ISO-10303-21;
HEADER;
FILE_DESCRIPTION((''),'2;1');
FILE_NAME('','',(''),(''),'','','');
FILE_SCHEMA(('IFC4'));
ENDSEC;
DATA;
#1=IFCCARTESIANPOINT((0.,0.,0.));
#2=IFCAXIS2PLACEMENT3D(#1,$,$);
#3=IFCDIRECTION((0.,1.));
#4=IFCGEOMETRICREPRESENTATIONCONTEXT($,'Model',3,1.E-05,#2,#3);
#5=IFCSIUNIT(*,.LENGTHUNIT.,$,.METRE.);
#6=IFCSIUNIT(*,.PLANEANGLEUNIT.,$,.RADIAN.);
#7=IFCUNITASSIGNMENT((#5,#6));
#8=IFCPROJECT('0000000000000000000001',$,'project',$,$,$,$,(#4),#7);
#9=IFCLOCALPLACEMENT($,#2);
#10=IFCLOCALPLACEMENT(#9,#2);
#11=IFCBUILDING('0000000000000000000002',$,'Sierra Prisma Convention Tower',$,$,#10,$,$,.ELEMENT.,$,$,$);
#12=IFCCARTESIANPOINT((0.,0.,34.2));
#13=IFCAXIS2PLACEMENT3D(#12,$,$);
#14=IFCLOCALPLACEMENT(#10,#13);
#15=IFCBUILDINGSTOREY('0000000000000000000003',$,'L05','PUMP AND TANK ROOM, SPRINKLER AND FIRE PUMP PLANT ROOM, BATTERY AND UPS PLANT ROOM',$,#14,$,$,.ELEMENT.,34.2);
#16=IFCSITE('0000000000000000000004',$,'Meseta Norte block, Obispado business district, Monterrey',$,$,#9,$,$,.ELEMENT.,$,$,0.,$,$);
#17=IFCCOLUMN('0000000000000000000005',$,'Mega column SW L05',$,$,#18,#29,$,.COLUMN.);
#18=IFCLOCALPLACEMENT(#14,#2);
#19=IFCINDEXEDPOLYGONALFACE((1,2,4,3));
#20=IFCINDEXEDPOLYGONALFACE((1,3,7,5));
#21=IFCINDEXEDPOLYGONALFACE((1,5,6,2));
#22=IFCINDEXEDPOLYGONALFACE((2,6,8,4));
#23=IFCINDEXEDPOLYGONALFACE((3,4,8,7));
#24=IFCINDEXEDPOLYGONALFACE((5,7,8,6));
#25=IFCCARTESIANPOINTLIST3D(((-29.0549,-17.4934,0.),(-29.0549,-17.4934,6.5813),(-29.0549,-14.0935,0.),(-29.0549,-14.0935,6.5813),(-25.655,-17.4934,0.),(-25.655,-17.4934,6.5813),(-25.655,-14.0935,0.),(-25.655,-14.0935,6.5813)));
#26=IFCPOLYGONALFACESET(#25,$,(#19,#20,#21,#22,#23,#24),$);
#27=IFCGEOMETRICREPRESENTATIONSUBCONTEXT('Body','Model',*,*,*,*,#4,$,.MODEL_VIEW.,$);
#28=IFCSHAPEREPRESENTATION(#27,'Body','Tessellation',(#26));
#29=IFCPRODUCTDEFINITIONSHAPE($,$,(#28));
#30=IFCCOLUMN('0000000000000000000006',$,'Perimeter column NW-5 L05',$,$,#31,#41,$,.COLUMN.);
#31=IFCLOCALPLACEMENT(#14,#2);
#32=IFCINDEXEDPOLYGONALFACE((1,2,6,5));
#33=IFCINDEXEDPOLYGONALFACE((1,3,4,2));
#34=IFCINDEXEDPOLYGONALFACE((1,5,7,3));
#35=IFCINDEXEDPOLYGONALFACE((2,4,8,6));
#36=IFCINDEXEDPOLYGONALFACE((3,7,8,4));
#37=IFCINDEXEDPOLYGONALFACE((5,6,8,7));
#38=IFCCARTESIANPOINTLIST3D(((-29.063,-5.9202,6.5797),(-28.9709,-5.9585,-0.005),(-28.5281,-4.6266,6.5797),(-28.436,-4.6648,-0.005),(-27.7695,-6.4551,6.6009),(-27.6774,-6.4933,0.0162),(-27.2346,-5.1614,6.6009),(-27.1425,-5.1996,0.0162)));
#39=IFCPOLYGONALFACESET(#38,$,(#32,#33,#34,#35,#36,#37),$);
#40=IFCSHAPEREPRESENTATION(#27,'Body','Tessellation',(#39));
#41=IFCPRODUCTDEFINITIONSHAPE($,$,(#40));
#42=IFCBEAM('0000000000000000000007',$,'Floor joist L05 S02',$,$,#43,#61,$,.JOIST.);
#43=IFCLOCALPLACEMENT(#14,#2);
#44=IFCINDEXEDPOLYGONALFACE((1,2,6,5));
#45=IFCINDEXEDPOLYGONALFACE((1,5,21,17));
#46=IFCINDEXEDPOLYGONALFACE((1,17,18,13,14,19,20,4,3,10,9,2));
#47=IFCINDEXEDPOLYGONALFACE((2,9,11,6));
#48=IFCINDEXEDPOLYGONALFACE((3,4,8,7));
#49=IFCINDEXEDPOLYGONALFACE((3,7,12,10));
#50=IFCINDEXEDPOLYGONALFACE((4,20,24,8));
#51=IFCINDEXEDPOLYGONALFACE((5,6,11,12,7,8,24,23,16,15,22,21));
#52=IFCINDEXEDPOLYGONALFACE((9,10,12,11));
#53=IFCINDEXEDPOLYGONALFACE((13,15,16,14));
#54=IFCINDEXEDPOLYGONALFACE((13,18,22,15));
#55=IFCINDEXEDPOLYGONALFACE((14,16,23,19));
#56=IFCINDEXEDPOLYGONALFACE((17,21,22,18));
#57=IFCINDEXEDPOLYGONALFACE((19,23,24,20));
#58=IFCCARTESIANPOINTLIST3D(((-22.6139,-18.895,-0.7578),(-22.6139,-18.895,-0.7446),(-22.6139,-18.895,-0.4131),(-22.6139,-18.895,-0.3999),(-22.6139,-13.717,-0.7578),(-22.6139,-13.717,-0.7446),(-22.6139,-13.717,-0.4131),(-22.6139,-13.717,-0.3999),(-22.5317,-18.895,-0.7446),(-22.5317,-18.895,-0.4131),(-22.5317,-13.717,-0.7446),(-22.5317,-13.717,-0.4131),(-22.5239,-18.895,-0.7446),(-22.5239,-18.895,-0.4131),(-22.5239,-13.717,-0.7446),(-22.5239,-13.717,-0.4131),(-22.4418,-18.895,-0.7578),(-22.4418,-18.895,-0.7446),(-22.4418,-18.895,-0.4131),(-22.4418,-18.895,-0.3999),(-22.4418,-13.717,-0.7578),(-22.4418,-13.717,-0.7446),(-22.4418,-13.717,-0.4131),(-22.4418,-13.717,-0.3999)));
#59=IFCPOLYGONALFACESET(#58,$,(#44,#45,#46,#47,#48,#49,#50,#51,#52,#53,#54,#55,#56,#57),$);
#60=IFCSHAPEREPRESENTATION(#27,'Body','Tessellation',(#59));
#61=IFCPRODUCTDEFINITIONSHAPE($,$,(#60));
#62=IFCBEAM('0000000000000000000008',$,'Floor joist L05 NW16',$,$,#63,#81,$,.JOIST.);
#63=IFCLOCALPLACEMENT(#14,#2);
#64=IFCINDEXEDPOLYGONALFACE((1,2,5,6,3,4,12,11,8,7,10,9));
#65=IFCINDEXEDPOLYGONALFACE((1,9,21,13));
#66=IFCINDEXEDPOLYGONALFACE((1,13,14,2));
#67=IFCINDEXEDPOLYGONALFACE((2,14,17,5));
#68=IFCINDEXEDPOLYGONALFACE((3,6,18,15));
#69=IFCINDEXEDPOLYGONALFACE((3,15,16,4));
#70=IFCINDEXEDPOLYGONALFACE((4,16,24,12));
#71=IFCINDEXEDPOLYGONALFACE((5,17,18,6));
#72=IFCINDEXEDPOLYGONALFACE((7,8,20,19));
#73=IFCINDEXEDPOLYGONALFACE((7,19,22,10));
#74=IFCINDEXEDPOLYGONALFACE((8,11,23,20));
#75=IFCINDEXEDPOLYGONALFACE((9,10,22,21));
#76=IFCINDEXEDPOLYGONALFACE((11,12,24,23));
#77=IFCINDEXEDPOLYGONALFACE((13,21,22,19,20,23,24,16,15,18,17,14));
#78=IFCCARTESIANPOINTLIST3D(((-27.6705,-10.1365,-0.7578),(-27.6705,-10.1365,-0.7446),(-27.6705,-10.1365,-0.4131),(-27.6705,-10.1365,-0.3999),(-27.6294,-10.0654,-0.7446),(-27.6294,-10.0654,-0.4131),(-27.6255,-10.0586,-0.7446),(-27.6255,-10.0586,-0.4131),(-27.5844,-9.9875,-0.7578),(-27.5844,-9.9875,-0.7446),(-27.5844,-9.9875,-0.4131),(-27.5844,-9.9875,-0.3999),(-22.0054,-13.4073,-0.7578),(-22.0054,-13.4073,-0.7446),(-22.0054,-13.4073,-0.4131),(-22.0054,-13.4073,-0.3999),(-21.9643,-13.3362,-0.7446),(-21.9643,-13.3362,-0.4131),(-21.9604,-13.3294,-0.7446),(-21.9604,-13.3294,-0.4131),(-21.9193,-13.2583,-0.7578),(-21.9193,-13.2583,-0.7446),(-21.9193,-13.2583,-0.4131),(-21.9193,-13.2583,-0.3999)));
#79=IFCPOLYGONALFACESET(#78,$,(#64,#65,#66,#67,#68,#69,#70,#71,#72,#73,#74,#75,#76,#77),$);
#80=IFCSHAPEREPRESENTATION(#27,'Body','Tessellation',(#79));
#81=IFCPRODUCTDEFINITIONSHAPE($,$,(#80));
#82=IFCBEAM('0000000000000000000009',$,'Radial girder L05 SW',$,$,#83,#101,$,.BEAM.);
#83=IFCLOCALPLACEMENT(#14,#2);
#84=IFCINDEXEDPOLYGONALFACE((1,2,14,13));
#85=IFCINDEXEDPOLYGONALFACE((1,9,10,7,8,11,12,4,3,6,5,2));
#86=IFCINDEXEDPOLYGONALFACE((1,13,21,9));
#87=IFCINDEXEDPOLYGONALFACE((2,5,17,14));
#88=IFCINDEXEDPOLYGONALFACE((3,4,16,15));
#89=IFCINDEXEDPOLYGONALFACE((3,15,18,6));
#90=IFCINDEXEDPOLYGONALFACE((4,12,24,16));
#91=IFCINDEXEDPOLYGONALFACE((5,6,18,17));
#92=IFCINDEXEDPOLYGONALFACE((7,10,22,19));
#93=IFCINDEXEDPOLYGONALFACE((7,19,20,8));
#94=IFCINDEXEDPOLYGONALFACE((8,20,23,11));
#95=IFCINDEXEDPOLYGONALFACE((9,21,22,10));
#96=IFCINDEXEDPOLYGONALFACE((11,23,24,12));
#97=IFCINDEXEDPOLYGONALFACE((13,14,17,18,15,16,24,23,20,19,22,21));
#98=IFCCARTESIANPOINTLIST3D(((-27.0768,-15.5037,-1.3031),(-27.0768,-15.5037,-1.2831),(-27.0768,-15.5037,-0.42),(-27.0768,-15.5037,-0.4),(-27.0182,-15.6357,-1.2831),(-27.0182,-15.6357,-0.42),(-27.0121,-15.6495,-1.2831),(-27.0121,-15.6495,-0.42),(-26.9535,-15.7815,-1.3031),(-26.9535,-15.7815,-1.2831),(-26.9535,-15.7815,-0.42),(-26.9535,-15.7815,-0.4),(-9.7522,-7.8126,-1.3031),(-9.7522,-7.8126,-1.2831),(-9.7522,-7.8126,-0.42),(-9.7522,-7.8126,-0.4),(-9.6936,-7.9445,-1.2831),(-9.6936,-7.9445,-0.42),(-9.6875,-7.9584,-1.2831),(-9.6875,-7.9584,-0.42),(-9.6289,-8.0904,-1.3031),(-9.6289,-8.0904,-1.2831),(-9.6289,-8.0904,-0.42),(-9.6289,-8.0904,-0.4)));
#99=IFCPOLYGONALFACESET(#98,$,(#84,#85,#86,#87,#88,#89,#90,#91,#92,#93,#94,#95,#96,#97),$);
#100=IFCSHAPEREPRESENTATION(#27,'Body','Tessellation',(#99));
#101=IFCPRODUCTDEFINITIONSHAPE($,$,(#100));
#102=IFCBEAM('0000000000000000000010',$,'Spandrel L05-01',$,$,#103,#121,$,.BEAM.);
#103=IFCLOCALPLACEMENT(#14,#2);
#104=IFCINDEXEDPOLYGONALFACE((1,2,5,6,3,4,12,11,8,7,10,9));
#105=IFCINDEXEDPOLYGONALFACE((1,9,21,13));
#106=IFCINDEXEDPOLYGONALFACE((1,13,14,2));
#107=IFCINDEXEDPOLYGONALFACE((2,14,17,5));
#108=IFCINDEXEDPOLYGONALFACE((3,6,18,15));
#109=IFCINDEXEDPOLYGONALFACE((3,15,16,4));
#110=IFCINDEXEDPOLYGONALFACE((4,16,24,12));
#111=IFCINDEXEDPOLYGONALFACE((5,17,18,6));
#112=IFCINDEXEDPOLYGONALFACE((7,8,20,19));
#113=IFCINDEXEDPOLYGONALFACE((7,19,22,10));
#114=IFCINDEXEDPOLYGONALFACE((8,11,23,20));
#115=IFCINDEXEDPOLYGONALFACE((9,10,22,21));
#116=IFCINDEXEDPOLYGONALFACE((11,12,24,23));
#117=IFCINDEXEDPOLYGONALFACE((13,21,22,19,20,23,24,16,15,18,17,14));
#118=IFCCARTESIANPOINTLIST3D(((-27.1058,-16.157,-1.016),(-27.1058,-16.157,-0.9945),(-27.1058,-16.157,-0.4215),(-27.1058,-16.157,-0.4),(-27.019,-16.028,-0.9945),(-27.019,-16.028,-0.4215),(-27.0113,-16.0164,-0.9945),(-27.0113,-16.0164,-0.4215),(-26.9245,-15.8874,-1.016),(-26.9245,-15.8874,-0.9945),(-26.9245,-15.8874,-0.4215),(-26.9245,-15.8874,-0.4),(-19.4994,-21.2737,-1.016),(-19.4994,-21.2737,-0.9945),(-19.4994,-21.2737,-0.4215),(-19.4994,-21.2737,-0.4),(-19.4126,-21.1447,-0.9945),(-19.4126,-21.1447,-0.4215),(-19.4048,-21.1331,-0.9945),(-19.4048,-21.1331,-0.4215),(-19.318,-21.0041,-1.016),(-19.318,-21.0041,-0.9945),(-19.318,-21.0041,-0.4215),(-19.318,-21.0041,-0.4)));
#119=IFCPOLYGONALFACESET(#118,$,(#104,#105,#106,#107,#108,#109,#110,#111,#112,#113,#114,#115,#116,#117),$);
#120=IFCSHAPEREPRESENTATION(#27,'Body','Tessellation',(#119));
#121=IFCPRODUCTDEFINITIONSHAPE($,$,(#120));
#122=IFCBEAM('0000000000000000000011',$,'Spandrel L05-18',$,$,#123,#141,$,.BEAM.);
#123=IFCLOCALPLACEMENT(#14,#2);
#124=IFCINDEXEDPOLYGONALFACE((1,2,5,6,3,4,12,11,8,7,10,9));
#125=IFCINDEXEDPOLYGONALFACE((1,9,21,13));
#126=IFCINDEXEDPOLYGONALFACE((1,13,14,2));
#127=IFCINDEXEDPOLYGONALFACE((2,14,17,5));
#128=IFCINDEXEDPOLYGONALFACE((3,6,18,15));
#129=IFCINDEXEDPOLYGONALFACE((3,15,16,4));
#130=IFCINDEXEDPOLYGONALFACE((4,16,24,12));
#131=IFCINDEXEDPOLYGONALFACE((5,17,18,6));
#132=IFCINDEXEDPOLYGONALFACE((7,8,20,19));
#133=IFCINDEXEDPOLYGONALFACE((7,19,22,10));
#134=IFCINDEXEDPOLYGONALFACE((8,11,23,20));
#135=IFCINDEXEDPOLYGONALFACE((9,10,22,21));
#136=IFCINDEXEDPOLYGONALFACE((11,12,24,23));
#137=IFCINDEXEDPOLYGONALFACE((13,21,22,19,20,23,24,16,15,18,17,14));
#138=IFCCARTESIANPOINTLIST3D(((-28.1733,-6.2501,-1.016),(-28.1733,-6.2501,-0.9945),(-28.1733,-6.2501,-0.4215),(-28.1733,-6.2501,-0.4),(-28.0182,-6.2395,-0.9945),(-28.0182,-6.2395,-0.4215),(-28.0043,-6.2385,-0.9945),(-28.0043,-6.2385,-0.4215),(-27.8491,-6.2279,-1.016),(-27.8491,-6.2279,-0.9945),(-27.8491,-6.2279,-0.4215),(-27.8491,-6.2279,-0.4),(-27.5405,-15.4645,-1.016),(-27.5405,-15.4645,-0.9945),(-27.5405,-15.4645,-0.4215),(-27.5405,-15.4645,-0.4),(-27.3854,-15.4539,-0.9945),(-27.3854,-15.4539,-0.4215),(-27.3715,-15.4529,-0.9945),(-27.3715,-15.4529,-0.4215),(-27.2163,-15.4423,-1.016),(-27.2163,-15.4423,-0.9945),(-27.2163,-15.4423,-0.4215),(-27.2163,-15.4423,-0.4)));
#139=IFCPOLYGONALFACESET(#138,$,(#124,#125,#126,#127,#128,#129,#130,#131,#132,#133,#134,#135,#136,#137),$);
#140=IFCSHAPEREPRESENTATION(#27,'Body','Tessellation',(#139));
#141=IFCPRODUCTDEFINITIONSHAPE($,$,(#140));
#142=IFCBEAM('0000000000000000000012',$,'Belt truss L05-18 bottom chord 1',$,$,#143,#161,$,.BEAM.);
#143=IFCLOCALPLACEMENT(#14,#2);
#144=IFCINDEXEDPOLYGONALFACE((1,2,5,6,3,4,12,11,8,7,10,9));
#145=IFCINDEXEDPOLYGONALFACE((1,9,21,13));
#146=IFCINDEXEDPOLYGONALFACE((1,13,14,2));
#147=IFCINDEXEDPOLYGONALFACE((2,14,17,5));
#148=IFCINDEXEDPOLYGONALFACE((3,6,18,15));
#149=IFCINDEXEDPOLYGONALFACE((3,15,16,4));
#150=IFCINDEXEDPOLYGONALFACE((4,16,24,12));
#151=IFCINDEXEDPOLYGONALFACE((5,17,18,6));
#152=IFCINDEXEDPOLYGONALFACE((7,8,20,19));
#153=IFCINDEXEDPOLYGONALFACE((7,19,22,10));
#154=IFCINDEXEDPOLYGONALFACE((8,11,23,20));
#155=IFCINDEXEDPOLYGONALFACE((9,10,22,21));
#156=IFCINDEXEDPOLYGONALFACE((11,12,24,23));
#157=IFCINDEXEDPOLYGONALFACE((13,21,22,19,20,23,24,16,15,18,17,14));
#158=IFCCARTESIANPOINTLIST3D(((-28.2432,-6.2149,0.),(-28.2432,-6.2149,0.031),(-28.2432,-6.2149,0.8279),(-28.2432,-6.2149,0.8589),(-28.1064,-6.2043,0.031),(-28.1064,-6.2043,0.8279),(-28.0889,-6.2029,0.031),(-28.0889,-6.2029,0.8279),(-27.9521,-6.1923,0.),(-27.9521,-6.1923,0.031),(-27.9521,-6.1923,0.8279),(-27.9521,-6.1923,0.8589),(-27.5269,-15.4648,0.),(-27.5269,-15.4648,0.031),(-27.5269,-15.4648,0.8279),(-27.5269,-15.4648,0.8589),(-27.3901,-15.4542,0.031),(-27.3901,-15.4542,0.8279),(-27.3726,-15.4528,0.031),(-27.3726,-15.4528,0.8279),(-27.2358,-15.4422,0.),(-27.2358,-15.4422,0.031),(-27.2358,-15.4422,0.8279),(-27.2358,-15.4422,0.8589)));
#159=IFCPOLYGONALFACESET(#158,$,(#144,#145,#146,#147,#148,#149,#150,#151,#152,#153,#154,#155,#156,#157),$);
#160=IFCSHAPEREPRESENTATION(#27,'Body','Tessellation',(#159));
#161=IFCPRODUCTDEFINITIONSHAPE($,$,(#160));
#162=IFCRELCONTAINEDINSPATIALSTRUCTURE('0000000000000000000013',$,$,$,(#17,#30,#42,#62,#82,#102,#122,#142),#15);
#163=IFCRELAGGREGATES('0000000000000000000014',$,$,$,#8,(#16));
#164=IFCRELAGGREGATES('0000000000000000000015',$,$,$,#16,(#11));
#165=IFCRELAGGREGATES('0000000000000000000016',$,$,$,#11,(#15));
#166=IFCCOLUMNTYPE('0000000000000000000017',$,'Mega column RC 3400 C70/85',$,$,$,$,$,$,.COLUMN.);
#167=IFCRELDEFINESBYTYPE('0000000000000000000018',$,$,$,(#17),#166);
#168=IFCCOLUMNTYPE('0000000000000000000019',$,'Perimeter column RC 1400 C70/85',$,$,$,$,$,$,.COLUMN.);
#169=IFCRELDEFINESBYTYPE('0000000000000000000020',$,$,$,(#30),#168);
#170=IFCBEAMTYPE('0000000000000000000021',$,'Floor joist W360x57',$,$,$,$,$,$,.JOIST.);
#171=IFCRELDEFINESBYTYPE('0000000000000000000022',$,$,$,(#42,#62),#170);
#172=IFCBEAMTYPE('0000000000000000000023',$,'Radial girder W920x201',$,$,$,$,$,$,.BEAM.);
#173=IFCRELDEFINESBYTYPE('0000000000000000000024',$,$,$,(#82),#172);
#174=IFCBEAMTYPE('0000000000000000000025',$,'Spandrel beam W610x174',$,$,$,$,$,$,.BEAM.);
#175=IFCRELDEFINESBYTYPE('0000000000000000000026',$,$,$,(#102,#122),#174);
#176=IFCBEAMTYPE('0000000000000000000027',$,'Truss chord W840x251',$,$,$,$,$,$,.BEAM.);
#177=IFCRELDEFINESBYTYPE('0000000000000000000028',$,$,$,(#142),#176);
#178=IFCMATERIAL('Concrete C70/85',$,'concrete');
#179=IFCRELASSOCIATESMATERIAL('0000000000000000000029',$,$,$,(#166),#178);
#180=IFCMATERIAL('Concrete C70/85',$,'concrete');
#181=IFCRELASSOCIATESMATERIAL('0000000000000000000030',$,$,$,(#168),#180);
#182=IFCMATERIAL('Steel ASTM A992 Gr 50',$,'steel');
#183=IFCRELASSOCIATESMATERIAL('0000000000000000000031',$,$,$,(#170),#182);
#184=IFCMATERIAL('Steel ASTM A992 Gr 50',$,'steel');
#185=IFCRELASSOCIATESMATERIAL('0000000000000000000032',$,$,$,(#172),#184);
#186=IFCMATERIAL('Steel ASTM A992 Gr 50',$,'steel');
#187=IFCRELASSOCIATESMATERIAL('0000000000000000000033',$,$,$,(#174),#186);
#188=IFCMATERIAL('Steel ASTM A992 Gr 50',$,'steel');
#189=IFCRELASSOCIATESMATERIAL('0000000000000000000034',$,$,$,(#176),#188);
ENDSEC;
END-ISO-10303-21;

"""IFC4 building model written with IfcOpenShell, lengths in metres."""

from ifc_helpers import new_model, si_unit, direction, frame, origin, origin_2d, place, context, subcontext, project, spatial, rectangle, i_section, extrude, clip, halfspace, material, material_profile, profile_set, type_object, element, save


model = new_model("IFC4")

# Units and contexts
model_context = context("Model", 3, precision=1e-05, world=origin(), true_north=direction((0.0, 1.0)))
body_context = subcontext(model_context, "Body", "Model", "MODEL_VIEW")
ifc_project = project(units=[si_unit("LENGTHUNIT", "METRE"), si_unit("PLANEANGLEUNIT", "RADIAN")], contexts=[model_context])

# Site, building, storey
site_placement = place(None, origin())
site = spatial("IfcSite", under=ifc_project, at=site_placement, Name="Meseta Norte block, Obispado business district, Monterrey", CompositionType="ELEMENT", RefElevation=0.0)
building_placement = place(site_placement, origin())
building = spatial("IfcBuilding", under=site, at=building_placement, Name="Sierra Prisma Convention Tower", CompositionType="ELEMENT")
storey_placement = place(building_placement, frame((0.0, 0.0, 34.2)))
storey = spatial("IfcBuildingStorey", under=building, at=storey_placement, Name="L05", Description="PUMP AND TANK ROOM, SPRINKLER AND FIRE PUMP PLANT ROOM, BATTERY AND UPS PLANT ROOM", CompositionType="ELEMENT", Elevation=34.2)

# Columns
ifc_material_1 = material(Name="Concrete C70/85", Category="concrete")
ifc_material_profile_1 = material_profile(ifc_material_1, rectangle(XDim=3.3999, YDim=3.3999, at=origin_2d()), Name="Mega column RC 3400 C70/85")
ifc_profile_set_1 = profile_set([ifc_material_profile_1], Name="Concrete C70/85")
column_type_1 = type_object("IfcColumnType", Name="Mega column RC 3400 C70/85", PredefinedType="COLUMN", material=ifc_profile_set_1)
column_1_placement = place(storey_placement, frame((-27.355, -15.7935, 0.0), z_axis=(0.0, 0.0, 1.0), x_axis=(1.0, 0.0, 0.0)))
element("IfcColumn", 1, at=column_1_placement, inside=storey, type_object=column_type_1, Name="Mega column SW L05", PredefinedType="COLUMN", context=body_context, shape_type="SweptSolid", body=[
    clip(extrude(rectangle(XDim=3.3999, YDim=3.3999, at=origin_2d()), origin(), (0.0, 0.0, 1.0), 6.6001), halfspace(frame((0.0, 0.0, 6.5813)), False)),
])
ifc_material_2 = material(Name="Concrete C70/85", Category="concrete")
ifc_material_profile_2 = material_profile(ifc_material_2, rectangle(XDim=1.3999, YDim=1.3999, at=origin_2d()), Name="Perimeter column RC 1400 C70/85")
ifc_profile_set_2 = profile_set([ifc_material_profile_2], Name="Concrete C70/85")
column_type_2 = type_object("IfcColumnType", Name="Perimeter column RC 1400 C70/85", PredefinedType="COLUMN", material=ifc_profile_set_2)
column_2_placement = place(storey_placement, frame((-28.0566, -5.5791, 0.0), z_axis=(-0.013981, 0.005807, 0.999885), x_axis=(0.382098, 0.924122, -0.000024)))
element("IfcColumn", 2, at=column_2_placement, inside=storey, type_object=column_type_2, Name="Perimeter column NW-5 L05", PredefinedType="COLUMN", context=body_context, shape_type="SweptSolid", body=[
    clip(clip(extrude(rectangle(XDim=1.3999, YDim=1.3999, at=origin_2d()), origin(), (0.0, 0.0, 1.0), 6.6008), halfspace(frame((0.0, 0.0, 0.0056)), True)), halfspace(frame((0.0, 0.0, 6.5911)), False)),
])

# Beams
ifc_material_3 = material(Name="Steel ASTM A992 Gr 50", Category="steel")
ifc_material_profile_3 = material_profile(ifc_material_3, i_section(OverallWidth=0.1721, OverallDepth=0.3579, WebThickness=0.0078, FlangeThickness=0.0132, at=origin_2d()), Name="W360x57")
ifc_profile_set_3 = profile_set([ifc_material_profile_3], Name="Steel ASTM A992 Gr 50")
beam_type_1 = type_object("IfcBeamType", Name="Floor joist W360x57", PredefinedType="JOIST", material=ifc_profile_set_3)
beam_1_placement = place(storey_placement, frame((-22.5278, -18.895, -0.5789), z_axis=(0.0, 1.0, 0.0), x_axis=(-1.0, 0.0, 0.0)))
element("IfcBeam", 3, at=beam_1_placement, inside=storey, type_object=beam_type_1, Name="Floor joist L05 S02", PredefinedType="JOIST", context=body_context, shape_type="SweptSolid", body=[
    extrude(i_section(OverallWidth=0.1721, OverallDepth=0.3579, WebThickness=0.0078, FlangeThickness=0.0132, at=origin_2d()), origin(), (0.0, 0.0, 1.0), 5.178),
])
beam_2_placement = place(storey_placement, frame((-27.6274, -10.062, -0.5789), z_axis=(0.866023, -0.500005, 0.0), x_axis=(0.500005, 0.866023, 0.0)))
element("IfcBeam", 4, at=beam_2_placement, inside=storey, type_object=beam_type_1, Name="Floor joist L05 NW16", PredefinedType="JOIST", context=body_context, shape_type="SweptSolid", body=[
    extrude(i_section(OverallWidth=0.1721, OverallDepth=0.3579, WebThickness=0.0078, FlangeThickness=0.0132, at=origin_2d()), origin(), (0.0, 0.0, 1.0), 6.5415),
])
ifc_material_4 = material(Name="Steel ASTM A992 Gr 50", Category="steel")
ifc_material_profile_4 = material_profile(ifc_material_4, i_section(OverallWidth=0.304, OverallDepth=0.9031, WebThickness=0.0151, FlangeThickness=0.02, at=origin_2d()), Name="W920x201")
ifc_profile_set_4 = profile_set([ifc_material_profile_4], Name="Steel ASTM A992 Gr 50")
beam_type_2 = type_object("IfcBeamType", Name="Radial girder W920x201", PredefinedType="BEAM", material=ifc_profile_set_4)
beam_3_placement = place(storey_placement, frame((-27.0151, -15.6426, -0.8516), z_axis=(0.913982, 0.405755, 0.0), x_axis=(-0.405755, 0.913982, 0.0)))
element("IfcBeam", 5, at=beam_3_placement, inside=storey, type_object=beam_type_2, Name="Radial girder L05 SW", PredefinedType="BEAM", context=body_context, shape_type="SweptSolid", body=[
    extrude(i_section(OverallWidth=0.304, OverallDepth=0.9031, WebThickness=0.0151, FlangeThickness=0.02, at=origin_2d()), origin(), (0.0, 0.0, 1.0), 18.9551),
])
ifc_material_5 = material(Name="Steel ASTM A992 Gr 50", Category="steel")
ifc_material_profile_5 = material_profile(ifc_material_5, i_section(OverallWidth=0.325, OverallDepth=0.616, WebThickness=0.0139, FlangeThickness=0.0215, at=origin_2d()), Name="W610x174")
ifc_profile_set_5 = profile_set([ifc_material_profile_5], Name="Steel ASTM A992 Gr 50")
beam_type_3 = type_object("IfcBeamType", Name="Spandrel beam W610x174", PredefinedType="BEAM", material=ifc_profile_set_5)
beam_4_placement = place(storey_placement, frame((-27.0151, -16.0222, -0.708), z_axis=(0.82974, -0.558149, 0.0), x_axis=(0.558149, 0.82974, 0.0)))
element("IfcBeam", 6, at=beam_4_placement, inside=storey, type_object=beam_type_3, Name="Spandrel L05-01", PredefinedType="BEAM", context=body_context, shape_type="SweptSolid", body=[
    extrude(i_section(OverallWidth=0.325, OverallDepth=0.616, WebThickness=0.0139, FlangeThickness=0.0215, at=origin_2d()), origin(), (0.0, 0.0, 1.0), 9.1672),
])
beam_5_placement = place(storey_placement, frame((-28.0112, -6.239, -0.708), z_axis=(0.068515, -0.99765, 0.0), x_axis=(0.99765, 0.068515, 0.0)))
element("IfcBeam", 7, at=beam_5_placement, inside=storey, type_object=beam_type_3, Name="Spandrel L05-18", PredefinedType="BEAM", context=body_context, shape_type="SweptSolid", body=[
    extrude(i_section(OverallWidth=0.325, OverallDepth=0.616, WebThickness=0.0139, FlangeThickness=0.0215, at=origin_2d()), origin(), (0.0, 0.0, 1.0), 9.2361),
])
ifc_material_6 = material(Name="Steel ASTM A992 Gr 50", Category="steel")
ifc_material_profile_6 = material_profile(ifc_material_6, i_section(OverallWidth=0.292, OverallDepth=0.8589, WebThickness=0.0176, FlangeThickness=0.031, at=origin_2d()), Name="W840x251")
ifc_profile_set_6 = profile_set([ifc_material_profile_6], Name="Steel ASTM A992 Gr 50")
beam_type_4 = type_object("IfcBeamType", Name="Truss chord W840x251", PredefinedType="BEAM", material=ifc_profile_set_6)
beam_6_placement = place(storey_placement, frame((-28.0977, -6.2036, 0.4294), z_axis=(0.077208, -0.997015, 0.0), x_axis=(0.997015, 0.077208, 0.0)))
element("IfcBeam", 8, at=beam_6_placement, inside=storey, type_object=beam_type_4, Name="Belt truss L05-18 bottom chord 1", PredefinedType="BEAM", context=body_context, shape_type="SweptSolid", body=[
    extrude(i_section(OverallWidth=0.292, OverallDepth=0.8589, WebThickness=0.0176, FlangeThickness=0.031, at=origin_2d()), origin(), (0.0, 0.0, 1.0), 9.2776),
])

save(model, "model.ifc")
